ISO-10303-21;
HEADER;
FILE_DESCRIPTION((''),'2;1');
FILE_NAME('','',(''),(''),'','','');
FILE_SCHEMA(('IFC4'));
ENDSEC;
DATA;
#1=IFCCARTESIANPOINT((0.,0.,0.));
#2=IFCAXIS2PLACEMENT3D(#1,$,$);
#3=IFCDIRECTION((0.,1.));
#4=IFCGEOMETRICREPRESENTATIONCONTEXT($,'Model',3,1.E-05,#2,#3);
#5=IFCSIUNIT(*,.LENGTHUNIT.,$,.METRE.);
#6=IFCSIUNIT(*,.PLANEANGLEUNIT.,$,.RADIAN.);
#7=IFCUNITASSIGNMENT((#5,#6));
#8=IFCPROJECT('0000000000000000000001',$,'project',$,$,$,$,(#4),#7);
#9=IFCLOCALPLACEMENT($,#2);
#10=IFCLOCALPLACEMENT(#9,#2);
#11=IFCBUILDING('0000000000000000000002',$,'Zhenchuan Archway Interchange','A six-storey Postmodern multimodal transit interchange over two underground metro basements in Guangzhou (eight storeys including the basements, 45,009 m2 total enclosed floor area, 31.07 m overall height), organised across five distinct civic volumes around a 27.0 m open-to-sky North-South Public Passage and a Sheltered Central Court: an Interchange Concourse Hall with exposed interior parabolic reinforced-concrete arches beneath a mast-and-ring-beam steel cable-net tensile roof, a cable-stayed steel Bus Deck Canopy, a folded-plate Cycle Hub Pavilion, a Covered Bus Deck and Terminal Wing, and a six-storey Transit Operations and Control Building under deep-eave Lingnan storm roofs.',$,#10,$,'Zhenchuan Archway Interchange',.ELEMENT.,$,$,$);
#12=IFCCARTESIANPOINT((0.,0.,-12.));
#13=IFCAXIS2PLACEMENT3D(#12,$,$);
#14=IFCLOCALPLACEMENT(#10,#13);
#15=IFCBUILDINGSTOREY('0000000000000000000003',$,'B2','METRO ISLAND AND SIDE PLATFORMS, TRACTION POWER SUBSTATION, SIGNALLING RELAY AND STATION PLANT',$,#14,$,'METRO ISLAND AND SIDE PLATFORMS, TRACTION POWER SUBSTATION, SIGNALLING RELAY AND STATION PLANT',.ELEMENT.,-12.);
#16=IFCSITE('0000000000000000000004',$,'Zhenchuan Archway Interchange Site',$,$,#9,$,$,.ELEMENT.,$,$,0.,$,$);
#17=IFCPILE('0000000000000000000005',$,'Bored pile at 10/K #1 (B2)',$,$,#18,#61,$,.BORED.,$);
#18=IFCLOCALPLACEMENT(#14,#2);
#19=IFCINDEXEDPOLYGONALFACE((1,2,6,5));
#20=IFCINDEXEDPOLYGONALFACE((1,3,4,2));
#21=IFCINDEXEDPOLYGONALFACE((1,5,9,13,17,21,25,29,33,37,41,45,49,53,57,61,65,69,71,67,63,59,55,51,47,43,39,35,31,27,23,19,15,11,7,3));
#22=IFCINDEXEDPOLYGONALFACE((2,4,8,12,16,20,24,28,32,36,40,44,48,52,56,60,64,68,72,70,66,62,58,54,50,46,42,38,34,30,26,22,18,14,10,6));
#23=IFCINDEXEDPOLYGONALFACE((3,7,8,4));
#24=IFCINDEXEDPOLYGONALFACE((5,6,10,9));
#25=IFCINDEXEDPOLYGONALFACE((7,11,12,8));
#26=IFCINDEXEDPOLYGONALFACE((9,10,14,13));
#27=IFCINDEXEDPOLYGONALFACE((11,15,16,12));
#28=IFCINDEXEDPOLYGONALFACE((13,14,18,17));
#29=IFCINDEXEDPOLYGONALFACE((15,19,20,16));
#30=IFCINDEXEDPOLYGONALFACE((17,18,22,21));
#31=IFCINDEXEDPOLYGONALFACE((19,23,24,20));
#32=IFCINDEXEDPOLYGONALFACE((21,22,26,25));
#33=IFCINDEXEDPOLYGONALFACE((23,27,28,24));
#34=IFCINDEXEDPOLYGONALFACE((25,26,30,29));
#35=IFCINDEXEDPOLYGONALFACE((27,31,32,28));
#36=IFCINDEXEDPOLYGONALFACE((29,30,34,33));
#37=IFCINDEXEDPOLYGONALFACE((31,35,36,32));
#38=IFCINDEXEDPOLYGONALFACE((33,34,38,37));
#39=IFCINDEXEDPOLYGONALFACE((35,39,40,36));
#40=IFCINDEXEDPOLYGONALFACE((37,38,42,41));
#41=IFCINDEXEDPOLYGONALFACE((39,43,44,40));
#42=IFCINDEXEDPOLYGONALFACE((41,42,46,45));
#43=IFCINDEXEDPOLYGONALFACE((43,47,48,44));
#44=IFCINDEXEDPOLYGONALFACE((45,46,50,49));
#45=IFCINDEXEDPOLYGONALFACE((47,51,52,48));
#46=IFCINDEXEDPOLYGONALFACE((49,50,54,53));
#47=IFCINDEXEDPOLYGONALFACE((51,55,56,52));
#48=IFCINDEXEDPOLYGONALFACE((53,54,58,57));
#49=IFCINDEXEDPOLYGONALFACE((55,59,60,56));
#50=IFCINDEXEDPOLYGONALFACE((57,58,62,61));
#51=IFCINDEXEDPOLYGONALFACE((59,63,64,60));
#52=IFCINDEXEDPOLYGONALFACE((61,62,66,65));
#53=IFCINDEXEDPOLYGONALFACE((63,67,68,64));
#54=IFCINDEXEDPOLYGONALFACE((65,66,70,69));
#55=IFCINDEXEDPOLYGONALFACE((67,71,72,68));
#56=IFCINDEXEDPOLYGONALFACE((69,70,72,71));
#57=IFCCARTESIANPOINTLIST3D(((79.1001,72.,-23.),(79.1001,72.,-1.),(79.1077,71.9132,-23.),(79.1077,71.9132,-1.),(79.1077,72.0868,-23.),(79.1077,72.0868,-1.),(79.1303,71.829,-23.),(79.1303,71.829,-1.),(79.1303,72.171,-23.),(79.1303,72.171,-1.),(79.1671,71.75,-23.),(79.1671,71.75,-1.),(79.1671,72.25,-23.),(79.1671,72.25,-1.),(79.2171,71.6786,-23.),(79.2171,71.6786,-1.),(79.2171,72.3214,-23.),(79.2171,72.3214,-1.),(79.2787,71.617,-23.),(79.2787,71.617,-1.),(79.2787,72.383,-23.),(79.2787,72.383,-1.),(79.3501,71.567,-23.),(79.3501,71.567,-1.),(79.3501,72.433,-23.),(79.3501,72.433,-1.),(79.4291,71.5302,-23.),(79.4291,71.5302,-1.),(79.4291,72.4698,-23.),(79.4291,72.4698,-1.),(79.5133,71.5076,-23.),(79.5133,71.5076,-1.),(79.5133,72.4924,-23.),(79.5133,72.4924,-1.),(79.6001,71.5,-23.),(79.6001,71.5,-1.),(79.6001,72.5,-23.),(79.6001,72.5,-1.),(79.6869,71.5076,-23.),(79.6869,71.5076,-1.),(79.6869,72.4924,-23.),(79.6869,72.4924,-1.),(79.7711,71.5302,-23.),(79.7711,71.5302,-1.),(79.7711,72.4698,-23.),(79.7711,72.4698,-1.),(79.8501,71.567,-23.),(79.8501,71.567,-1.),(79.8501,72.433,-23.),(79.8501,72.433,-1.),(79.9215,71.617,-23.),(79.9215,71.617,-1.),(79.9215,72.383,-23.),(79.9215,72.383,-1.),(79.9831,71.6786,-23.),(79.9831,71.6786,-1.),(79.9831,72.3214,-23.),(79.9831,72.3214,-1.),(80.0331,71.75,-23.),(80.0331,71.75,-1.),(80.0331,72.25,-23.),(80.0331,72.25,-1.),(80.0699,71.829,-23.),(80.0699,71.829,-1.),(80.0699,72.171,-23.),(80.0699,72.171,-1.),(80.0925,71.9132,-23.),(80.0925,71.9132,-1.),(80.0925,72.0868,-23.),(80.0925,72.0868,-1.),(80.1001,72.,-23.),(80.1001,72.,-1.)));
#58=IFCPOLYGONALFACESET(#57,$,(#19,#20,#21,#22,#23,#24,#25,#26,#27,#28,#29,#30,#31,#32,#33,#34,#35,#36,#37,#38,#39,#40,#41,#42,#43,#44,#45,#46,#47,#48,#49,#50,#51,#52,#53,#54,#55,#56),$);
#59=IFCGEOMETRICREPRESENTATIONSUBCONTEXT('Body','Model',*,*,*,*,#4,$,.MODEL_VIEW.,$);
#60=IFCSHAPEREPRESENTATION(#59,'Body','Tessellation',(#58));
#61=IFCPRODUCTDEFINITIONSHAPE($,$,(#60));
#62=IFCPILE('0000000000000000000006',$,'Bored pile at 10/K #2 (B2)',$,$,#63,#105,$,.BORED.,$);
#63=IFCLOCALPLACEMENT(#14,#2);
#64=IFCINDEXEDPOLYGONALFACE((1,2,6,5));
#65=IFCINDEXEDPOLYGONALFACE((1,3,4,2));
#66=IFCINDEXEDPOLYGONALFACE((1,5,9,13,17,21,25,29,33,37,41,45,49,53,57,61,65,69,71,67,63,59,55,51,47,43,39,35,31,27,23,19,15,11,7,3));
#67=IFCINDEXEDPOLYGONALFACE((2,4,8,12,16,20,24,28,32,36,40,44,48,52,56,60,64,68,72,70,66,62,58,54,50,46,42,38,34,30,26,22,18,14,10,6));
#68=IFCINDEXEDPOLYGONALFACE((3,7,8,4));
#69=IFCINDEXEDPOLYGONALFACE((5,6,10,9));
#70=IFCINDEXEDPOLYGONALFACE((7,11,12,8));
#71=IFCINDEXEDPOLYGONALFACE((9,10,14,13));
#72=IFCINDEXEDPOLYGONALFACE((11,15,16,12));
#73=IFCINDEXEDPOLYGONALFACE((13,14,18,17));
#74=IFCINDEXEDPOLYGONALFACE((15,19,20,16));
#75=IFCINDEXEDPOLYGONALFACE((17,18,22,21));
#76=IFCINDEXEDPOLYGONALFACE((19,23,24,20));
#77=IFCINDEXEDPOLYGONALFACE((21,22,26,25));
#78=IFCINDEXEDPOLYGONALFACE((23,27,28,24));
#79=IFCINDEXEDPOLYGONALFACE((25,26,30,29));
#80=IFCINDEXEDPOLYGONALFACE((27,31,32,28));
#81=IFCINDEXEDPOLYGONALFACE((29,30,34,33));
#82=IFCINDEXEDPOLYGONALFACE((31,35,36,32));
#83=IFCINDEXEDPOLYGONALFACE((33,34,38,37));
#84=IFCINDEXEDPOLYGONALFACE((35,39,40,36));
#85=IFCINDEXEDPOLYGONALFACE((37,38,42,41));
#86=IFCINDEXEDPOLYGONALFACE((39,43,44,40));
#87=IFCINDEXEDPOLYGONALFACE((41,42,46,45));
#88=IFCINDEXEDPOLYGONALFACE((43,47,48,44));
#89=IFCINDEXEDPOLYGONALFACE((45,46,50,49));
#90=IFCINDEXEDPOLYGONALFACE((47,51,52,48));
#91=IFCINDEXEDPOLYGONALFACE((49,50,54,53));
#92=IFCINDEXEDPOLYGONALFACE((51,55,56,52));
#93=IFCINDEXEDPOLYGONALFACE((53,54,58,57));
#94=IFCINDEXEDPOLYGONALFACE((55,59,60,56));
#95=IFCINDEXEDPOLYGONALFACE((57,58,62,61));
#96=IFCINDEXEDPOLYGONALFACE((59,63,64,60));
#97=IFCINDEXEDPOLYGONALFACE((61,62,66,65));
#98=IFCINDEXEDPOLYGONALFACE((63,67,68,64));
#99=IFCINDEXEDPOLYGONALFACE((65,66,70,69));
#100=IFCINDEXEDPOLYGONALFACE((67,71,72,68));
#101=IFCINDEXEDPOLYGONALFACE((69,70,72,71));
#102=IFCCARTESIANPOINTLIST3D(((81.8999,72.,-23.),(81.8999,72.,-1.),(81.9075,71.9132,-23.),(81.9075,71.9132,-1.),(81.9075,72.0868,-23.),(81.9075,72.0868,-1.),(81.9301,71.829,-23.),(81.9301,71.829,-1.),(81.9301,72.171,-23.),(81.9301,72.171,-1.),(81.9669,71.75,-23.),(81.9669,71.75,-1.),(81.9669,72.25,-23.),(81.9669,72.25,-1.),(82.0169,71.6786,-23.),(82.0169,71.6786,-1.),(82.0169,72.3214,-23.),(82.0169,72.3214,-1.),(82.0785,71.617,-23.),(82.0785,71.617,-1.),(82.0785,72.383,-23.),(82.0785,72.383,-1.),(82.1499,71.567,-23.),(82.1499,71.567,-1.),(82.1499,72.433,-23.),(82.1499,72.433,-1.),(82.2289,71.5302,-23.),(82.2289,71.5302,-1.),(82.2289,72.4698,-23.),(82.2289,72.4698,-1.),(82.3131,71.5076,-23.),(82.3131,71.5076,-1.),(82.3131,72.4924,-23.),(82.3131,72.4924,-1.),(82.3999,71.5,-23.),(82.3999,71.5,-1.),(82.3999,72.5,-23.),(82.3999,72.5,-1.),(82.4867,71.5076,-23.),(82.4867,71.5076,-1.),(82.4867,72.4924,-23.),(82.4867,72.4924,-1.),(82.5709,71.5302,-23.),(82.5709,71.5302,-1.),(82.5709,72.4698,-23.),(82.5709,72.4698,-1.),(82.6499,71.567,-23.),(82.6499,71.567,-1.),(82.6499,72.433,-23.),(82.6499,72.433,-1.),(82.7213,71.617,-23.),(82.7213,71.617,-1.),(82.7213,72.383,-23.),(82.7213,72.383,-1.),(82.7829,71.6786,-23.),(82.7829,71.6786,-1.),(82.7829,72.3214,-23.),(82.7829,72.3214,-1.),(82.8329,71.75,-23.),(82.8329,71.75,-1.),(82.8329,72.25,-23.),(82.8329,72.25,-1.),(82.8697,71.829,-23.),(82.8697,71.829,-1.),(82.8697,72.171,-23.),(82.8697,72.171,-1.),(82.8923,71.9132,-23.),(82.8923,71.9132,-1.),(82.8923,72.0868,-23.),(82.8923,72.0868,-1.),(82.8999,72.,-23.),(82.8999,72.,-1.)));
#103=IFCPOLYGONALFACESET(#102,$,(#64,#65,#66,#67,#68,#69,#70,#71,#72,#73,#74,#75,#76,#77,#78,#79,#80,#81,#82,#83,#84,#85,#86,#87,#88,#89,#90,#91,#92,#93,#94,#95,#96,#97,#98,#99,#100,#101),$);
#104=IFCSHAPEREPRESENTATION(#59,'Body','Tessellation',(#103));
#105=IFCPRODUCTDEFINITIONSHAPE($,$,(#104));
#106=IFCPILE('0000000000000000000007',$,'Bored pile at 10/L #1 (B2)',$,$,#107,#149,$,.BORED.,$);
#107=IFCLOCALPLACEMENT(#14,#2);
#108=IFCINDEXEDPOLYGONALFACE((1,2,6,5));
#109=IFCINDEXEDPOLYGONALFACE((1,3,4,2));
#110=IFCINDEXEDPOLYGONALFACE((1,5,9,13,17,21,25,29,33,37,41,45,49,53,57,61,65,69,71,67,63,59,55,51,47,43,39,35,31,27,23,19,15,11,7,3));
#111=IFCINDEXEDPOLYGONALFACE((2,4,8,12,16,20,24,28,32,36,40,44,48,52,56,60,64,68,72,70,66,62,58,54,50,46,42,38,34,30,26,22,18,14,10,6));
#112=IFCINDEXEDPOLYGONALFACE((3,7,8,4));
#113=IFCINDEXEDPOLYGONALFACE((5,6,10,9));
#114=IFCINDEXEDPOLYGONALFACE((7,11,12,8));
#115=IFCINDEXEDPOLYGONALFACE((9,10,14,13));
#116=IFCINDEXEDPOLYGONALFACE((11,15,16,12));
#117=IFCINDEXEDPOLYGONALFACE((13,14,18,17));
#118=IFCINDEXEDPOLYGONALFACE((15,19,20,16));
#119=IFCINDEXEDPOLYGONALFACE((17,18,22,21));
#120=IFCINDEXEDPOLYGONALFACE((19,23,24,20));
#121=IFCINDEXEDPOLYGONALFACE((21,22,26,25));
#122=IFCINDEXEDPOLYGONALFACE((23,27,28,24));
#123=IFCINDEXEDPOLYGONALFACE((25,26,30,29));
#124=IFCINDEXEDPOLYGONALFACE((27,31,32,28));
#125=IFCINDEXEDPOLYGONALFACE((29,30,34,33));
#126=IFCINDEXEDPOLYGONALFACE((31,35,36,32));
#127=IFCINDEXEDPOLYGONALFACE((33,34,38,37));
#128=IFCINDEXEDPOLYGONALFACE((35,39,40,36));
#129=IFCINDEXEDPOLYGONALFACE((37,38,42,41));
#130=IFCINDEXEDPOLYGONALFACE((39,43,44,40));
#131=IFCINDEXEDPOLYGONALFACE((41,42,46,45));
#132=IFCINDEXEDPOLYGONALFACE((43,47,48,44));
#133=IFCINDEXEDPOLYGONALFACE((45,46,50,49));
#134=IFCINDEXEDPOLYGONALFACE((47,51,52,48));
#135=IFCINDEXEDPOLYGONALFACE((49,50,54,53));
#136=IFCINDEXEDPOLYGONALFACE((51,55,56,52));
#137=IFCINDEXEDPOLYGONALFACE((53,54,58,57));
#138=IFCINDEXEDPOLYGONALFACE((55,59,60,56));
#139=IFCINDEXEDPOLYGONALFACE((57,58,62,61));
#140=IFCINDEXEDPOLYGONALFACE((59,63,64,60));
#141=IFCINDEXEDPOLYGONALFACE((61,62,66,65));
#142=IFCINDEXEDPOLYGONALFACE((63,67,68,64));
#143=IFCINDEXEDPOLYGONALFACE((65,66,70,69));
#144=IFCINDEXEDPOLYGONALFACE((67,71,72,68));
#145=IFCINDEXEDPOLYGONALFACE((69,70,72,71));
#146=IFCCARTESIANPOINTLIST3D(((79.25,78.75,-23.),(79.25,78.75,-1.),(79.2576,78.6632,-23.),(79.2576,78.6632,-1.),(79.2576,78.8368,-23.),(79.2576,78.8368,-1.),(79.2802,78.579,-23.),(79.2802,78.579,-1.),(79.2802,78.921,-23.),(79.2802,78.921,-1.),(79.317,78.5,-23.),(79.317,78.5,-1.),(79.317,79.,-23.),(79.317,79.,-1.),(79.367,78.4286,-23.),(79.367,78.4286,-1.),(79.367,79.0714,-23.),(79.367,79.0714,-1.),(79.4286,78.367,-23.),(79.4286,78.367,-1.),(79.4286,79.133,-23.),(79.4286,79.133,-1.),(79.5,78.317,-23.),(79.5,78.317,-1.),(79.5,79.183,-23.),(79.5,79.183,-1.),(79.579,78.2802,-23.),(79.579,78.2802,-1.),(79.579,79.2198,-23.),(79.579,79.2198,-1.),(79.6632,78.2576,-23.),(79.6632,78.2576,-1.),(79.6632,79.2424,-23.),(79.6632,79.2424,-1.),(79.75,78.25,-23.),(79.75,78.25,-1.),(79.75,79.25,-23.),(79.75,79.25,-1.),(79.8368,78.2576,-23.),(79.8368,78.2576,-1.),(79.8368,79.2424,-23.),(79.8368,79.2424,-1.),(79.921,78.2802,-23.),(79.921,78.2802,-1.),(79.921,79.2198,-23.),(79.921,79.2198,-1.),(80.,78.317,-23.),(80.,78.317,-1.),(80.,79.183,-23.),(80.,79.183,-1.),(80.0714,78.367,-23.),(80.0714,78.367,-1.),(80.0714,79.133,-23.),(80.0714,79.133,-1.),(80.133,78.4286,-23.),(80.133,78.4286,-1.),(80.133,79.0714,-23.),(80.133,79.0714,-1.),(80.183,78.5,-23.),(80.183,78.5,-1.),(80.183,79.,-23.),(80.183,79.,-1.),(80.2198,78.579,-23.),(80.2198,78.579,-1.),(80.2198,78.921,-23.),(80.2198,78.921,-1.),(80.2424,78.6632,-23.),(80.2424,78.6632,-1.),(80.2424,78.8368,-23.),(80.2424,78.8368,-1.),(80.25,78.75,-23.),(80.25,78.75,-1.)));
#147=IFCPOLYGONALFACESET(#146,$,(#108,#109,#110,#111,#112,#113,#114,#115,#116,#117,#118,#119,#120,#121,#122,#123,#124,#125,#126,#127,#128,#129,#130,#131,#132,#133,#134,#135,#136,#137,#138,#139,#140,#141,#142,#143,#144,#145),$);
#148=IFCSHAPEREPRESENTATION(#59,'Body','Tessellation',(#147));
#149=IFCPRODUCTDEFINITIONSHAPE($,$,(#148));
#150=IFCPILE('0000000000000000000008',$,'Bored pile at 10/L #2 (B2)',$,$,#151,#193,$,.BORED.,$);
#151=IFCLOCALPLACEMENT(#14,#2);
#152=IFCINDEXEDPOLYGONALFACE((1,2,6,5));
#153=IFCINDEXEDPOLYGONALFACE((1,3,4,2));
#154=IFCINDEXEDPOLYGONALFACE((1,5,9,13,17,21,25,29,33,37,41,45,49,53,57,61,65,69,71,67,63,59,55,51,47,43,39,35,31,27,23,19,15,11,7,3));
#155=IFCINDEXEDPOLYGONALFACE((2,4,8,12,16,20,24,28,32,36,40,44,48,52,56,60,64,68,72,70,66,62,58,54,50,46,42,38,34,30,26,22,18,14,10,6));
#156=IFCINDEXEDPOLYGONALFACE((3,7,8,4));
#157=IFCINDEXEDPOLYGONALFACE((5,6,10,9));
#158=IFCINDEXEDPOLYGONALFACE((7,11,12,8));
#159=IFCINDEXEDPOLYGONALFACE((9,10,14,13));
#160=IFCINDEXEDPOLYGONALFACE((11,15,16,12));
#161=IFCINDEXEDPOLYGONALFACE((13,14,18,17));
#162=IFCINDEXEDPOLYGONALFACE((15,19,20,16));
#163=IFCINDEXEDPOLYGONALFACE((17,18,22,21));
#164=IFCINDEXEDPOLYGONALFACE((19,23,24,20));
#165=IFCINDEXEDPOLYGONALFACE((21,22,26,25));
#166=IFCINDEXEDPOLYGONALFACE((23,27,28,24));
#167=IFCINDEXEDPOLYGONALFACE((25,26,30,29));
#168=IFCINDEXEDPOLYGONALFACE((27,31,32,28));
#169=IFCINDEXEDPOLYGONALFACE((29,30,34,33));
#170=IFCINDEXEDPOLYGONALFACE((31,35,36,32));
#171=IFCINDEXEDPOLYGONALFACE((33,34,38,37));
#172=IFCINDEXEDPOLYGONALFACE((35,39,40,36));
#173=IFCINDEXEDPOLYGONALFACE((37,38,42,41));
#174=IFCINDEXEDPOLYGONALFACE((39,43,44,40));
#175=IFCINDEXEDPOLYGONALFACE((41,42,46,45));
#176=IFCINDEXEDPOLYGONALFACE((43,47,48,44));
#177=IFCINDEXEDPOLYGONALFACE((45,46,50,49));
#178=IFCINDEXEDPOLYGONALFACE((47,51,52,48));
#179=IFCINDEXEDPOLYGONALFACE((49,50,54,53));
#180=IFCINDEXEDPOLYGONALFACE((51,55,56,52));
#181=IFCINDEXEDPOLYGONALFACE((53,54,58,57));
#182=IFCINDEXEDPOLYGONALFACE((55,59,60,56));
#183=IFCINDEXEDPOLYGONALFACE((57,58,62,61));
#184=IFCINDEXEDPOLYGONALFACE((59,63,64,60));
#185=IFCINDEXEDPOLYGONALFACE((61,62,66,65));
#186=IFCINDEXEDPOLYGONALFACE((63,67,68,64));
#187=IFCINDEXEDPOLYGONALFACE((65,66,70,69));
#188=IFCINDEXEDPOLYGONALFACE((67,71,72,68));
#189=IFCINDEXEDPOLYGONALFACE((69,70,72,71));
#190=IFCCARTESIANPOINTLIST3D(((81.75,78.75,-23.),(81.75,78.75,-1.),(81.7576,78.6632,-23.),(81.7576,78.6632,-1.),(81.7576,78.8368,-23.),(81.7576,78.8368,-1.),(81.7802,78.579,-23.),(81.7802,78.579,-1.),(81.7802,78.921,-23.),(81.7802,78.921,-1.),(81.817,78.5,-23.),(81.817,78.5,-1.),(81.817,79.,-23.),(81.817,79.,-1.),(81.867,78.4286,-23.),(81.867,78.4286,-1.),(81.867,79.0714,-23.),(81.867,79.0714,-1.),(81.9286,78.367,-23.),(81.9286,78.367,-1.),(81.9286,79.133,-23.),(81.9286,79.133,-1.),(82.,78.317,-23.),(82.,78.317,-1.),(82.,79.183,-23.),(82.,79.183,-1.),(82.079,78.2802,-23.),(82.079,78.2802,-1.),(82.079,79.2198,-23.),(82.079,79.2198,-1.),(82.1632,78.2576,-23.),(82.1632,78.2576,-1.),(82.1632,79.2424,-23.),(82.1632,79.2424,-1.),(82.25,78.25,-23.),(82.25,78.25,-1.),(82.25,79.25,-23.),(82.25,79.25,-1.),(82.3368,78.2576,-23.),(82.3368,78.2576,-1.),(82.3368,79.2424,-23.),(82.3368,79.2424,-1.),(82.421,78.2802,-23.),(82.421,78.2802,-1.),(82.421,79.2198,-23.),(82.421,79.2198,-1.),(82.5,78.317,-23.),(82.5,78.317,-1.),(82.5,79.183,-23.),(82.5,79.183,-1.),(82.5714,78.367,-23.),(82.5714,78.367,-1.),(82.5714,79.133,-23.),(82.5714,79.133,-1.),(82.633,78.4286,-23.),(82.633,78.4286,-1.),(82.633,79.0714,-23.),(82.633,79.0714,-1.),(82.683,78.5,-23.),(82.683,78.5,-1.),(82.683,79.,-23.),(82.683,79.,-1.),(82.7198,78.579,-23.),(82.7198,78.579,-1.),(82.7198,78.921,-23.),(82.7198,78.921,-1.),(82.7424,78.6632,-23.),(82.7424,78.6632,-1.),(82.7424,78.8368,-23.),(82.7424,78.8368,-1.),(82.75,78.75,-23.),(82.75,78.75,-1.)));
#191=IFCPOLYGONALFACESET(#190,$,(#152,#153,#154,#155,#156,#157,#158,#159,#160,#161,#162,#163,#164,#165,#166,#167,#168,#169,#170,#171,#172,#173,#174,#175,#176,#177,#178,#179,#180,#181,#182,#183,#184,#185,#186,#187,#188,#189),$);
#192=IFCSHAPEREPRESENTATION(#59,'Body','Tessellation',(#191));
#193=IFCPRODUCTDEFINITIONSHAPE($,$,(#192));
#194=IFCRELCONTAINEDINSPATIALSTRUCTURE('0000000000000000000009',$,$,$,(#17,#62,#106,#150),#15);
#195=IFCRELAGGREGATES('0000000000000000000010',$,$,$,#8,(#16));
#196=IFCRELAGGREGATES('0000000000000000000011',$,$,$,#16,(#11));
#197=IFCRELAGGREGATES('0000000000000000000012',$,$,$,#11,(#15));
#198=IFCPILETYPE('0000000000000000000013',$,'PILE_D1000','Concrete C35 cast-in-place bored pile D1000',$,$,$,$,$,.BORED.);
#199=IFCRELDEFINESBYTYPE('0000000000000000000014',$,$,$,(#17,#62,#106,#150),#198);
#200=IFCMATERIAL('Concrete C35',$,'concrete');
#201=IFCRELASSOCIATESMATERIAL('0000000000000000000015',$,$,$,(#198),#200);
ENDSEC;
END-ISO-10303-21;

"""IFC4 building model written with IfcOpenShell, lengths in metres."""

from ifc_helpers import new_model, si_unit, direction, frame, origin, origin_2d, place, context, subcontext, project, spatial, circle, extrude, material, material_profile, profile_set, type_object, element, save


model = new_model("IFC4")

# Units and contexts
model_context = context("Model", 3, precision=1e-05, world=origin(), true_north=direction((0.0, 1.0)))
body_context = subcontext(model_context, "Body", "Model", "MODEL_VIEW")
ifc_project = project(units=[si_unit("LENGTHUNIT", "METRE"), si_unit("PLANEANGLEUNIT", "RADIAN")], contexts=[model_context])

# Site, building, storey
site_placement = place(None, origin())
site = spatial("IfcSite", under=ifc_project, at=site_placement, Name="Zhenchuan Archway Interchange Site", CompositionType="ELEMENT", RefElevation=0.0)
building_placement = place(site_placement, origin())
building = spatial("IfcBuilding", under=site, at=building_placement, Name="Zhenchuan Archway Interchange", Description="A six-storey Postmodern multimodal transit interchange over two underground metro basements in Guangzhou (eight storeys including the basements, 45,009 m2 total enclosed floor area, 31.07 m overall height), organised across five distinct civic volumes around a 27.0 m open-to-sky North-South Public Passage and a Sheltered Central Court: an Interchange Concourse Hall with exposed interior parabolic reinforced-concrete arches beneath a mast-and-ring-beam steel cable-net tensile roof, a cable-stayed steel Bus Deck Canopy, a folded-plate Cycle Hub Pavilion, a Covered Bus Deck and Terminal Wing, and a six-storey Transit Operations and Control Building under deep-eave Lingnan storm roofs.", LongName="Zhenchuan Archway Interchange", CompositionType="ELEMENT")
storey_placement = place(building_placement, frame((0.0, 0.0, -12.0)))
storey = spatial("IfcBuildingStorey", under=building, at=storey_placement, Name="B2", Description="METRO ISLAND AND SIDE PLATFORMS, TRACTION POWER SUBSTATION, SIGNALLING RELAY AND STATION PLANT", LongName="METRO ISLAND AND SIDE PLATFORMS, TRACTION POWER SUBSTATION, SIGNALLING RELAY AND STATION PLANT", CompositionType="ELEMENT", Elevation=-12.0)

# Piles
ifc_material_1 = material(Name="Concrete C35", Category="concrete")
ifc_material_profile_1 = material_profile(ifc_material_1, circle(Radius=0.5, at=origin_2d()), Name="BORED PILE 1000")
ifc_profile_set_1 = profile_set([ifc_material_profile_1], Name="Concrete C35")
pile_type_1 = type_object("IfcPileType", Name="PILE_D1000", Description="Concrete C35 cast-in-place bored pile D1000", PredefinedType="BORED", material=ifc_profile_set_1)
for number, where, z_axis, x_axis, name in (
    (1, (79.6001, 72.0, -1.0), (0.0, 0.0, -1.0), (1.0, 0.0, 0.0), "Bored pile at 10/K #1 (B2)"),
    (2, (82.3999, 72.0, -1.0), (0.0, 0.0, -1.0), (1.0, 0.0, 0.0), "Bored pile at 10/K #2 (B2)"),
    (3, (79.75, 78.75, -1.0), (0.0, 0.0, -1.0), (1.0, 0.0, 0.0), "Bored pile at 10/L #1 (B2)"),
    (4, (82.25, 78.75, -1.0), (0.0, 0.0, -1.0), (1.0, 0.0, 0.0), "Bored pile at 10/L #2 (B2)"),
):
    element("IfcPile", number, at=place(storey_placement, frame(where, z_axis=z_axis, x_axis=x_axis)), inside=storey, type_object=pile_type_1, Name=name, PredefinedType="BORED", context=body_context, shape_type="SweptSolid", body=[
        extrude(circle(Radius=0.5, at=origin_2d()), origin(), (0.0, 0.0, 1.0), 22.0),
    ])

save(model, "model.ifc")
